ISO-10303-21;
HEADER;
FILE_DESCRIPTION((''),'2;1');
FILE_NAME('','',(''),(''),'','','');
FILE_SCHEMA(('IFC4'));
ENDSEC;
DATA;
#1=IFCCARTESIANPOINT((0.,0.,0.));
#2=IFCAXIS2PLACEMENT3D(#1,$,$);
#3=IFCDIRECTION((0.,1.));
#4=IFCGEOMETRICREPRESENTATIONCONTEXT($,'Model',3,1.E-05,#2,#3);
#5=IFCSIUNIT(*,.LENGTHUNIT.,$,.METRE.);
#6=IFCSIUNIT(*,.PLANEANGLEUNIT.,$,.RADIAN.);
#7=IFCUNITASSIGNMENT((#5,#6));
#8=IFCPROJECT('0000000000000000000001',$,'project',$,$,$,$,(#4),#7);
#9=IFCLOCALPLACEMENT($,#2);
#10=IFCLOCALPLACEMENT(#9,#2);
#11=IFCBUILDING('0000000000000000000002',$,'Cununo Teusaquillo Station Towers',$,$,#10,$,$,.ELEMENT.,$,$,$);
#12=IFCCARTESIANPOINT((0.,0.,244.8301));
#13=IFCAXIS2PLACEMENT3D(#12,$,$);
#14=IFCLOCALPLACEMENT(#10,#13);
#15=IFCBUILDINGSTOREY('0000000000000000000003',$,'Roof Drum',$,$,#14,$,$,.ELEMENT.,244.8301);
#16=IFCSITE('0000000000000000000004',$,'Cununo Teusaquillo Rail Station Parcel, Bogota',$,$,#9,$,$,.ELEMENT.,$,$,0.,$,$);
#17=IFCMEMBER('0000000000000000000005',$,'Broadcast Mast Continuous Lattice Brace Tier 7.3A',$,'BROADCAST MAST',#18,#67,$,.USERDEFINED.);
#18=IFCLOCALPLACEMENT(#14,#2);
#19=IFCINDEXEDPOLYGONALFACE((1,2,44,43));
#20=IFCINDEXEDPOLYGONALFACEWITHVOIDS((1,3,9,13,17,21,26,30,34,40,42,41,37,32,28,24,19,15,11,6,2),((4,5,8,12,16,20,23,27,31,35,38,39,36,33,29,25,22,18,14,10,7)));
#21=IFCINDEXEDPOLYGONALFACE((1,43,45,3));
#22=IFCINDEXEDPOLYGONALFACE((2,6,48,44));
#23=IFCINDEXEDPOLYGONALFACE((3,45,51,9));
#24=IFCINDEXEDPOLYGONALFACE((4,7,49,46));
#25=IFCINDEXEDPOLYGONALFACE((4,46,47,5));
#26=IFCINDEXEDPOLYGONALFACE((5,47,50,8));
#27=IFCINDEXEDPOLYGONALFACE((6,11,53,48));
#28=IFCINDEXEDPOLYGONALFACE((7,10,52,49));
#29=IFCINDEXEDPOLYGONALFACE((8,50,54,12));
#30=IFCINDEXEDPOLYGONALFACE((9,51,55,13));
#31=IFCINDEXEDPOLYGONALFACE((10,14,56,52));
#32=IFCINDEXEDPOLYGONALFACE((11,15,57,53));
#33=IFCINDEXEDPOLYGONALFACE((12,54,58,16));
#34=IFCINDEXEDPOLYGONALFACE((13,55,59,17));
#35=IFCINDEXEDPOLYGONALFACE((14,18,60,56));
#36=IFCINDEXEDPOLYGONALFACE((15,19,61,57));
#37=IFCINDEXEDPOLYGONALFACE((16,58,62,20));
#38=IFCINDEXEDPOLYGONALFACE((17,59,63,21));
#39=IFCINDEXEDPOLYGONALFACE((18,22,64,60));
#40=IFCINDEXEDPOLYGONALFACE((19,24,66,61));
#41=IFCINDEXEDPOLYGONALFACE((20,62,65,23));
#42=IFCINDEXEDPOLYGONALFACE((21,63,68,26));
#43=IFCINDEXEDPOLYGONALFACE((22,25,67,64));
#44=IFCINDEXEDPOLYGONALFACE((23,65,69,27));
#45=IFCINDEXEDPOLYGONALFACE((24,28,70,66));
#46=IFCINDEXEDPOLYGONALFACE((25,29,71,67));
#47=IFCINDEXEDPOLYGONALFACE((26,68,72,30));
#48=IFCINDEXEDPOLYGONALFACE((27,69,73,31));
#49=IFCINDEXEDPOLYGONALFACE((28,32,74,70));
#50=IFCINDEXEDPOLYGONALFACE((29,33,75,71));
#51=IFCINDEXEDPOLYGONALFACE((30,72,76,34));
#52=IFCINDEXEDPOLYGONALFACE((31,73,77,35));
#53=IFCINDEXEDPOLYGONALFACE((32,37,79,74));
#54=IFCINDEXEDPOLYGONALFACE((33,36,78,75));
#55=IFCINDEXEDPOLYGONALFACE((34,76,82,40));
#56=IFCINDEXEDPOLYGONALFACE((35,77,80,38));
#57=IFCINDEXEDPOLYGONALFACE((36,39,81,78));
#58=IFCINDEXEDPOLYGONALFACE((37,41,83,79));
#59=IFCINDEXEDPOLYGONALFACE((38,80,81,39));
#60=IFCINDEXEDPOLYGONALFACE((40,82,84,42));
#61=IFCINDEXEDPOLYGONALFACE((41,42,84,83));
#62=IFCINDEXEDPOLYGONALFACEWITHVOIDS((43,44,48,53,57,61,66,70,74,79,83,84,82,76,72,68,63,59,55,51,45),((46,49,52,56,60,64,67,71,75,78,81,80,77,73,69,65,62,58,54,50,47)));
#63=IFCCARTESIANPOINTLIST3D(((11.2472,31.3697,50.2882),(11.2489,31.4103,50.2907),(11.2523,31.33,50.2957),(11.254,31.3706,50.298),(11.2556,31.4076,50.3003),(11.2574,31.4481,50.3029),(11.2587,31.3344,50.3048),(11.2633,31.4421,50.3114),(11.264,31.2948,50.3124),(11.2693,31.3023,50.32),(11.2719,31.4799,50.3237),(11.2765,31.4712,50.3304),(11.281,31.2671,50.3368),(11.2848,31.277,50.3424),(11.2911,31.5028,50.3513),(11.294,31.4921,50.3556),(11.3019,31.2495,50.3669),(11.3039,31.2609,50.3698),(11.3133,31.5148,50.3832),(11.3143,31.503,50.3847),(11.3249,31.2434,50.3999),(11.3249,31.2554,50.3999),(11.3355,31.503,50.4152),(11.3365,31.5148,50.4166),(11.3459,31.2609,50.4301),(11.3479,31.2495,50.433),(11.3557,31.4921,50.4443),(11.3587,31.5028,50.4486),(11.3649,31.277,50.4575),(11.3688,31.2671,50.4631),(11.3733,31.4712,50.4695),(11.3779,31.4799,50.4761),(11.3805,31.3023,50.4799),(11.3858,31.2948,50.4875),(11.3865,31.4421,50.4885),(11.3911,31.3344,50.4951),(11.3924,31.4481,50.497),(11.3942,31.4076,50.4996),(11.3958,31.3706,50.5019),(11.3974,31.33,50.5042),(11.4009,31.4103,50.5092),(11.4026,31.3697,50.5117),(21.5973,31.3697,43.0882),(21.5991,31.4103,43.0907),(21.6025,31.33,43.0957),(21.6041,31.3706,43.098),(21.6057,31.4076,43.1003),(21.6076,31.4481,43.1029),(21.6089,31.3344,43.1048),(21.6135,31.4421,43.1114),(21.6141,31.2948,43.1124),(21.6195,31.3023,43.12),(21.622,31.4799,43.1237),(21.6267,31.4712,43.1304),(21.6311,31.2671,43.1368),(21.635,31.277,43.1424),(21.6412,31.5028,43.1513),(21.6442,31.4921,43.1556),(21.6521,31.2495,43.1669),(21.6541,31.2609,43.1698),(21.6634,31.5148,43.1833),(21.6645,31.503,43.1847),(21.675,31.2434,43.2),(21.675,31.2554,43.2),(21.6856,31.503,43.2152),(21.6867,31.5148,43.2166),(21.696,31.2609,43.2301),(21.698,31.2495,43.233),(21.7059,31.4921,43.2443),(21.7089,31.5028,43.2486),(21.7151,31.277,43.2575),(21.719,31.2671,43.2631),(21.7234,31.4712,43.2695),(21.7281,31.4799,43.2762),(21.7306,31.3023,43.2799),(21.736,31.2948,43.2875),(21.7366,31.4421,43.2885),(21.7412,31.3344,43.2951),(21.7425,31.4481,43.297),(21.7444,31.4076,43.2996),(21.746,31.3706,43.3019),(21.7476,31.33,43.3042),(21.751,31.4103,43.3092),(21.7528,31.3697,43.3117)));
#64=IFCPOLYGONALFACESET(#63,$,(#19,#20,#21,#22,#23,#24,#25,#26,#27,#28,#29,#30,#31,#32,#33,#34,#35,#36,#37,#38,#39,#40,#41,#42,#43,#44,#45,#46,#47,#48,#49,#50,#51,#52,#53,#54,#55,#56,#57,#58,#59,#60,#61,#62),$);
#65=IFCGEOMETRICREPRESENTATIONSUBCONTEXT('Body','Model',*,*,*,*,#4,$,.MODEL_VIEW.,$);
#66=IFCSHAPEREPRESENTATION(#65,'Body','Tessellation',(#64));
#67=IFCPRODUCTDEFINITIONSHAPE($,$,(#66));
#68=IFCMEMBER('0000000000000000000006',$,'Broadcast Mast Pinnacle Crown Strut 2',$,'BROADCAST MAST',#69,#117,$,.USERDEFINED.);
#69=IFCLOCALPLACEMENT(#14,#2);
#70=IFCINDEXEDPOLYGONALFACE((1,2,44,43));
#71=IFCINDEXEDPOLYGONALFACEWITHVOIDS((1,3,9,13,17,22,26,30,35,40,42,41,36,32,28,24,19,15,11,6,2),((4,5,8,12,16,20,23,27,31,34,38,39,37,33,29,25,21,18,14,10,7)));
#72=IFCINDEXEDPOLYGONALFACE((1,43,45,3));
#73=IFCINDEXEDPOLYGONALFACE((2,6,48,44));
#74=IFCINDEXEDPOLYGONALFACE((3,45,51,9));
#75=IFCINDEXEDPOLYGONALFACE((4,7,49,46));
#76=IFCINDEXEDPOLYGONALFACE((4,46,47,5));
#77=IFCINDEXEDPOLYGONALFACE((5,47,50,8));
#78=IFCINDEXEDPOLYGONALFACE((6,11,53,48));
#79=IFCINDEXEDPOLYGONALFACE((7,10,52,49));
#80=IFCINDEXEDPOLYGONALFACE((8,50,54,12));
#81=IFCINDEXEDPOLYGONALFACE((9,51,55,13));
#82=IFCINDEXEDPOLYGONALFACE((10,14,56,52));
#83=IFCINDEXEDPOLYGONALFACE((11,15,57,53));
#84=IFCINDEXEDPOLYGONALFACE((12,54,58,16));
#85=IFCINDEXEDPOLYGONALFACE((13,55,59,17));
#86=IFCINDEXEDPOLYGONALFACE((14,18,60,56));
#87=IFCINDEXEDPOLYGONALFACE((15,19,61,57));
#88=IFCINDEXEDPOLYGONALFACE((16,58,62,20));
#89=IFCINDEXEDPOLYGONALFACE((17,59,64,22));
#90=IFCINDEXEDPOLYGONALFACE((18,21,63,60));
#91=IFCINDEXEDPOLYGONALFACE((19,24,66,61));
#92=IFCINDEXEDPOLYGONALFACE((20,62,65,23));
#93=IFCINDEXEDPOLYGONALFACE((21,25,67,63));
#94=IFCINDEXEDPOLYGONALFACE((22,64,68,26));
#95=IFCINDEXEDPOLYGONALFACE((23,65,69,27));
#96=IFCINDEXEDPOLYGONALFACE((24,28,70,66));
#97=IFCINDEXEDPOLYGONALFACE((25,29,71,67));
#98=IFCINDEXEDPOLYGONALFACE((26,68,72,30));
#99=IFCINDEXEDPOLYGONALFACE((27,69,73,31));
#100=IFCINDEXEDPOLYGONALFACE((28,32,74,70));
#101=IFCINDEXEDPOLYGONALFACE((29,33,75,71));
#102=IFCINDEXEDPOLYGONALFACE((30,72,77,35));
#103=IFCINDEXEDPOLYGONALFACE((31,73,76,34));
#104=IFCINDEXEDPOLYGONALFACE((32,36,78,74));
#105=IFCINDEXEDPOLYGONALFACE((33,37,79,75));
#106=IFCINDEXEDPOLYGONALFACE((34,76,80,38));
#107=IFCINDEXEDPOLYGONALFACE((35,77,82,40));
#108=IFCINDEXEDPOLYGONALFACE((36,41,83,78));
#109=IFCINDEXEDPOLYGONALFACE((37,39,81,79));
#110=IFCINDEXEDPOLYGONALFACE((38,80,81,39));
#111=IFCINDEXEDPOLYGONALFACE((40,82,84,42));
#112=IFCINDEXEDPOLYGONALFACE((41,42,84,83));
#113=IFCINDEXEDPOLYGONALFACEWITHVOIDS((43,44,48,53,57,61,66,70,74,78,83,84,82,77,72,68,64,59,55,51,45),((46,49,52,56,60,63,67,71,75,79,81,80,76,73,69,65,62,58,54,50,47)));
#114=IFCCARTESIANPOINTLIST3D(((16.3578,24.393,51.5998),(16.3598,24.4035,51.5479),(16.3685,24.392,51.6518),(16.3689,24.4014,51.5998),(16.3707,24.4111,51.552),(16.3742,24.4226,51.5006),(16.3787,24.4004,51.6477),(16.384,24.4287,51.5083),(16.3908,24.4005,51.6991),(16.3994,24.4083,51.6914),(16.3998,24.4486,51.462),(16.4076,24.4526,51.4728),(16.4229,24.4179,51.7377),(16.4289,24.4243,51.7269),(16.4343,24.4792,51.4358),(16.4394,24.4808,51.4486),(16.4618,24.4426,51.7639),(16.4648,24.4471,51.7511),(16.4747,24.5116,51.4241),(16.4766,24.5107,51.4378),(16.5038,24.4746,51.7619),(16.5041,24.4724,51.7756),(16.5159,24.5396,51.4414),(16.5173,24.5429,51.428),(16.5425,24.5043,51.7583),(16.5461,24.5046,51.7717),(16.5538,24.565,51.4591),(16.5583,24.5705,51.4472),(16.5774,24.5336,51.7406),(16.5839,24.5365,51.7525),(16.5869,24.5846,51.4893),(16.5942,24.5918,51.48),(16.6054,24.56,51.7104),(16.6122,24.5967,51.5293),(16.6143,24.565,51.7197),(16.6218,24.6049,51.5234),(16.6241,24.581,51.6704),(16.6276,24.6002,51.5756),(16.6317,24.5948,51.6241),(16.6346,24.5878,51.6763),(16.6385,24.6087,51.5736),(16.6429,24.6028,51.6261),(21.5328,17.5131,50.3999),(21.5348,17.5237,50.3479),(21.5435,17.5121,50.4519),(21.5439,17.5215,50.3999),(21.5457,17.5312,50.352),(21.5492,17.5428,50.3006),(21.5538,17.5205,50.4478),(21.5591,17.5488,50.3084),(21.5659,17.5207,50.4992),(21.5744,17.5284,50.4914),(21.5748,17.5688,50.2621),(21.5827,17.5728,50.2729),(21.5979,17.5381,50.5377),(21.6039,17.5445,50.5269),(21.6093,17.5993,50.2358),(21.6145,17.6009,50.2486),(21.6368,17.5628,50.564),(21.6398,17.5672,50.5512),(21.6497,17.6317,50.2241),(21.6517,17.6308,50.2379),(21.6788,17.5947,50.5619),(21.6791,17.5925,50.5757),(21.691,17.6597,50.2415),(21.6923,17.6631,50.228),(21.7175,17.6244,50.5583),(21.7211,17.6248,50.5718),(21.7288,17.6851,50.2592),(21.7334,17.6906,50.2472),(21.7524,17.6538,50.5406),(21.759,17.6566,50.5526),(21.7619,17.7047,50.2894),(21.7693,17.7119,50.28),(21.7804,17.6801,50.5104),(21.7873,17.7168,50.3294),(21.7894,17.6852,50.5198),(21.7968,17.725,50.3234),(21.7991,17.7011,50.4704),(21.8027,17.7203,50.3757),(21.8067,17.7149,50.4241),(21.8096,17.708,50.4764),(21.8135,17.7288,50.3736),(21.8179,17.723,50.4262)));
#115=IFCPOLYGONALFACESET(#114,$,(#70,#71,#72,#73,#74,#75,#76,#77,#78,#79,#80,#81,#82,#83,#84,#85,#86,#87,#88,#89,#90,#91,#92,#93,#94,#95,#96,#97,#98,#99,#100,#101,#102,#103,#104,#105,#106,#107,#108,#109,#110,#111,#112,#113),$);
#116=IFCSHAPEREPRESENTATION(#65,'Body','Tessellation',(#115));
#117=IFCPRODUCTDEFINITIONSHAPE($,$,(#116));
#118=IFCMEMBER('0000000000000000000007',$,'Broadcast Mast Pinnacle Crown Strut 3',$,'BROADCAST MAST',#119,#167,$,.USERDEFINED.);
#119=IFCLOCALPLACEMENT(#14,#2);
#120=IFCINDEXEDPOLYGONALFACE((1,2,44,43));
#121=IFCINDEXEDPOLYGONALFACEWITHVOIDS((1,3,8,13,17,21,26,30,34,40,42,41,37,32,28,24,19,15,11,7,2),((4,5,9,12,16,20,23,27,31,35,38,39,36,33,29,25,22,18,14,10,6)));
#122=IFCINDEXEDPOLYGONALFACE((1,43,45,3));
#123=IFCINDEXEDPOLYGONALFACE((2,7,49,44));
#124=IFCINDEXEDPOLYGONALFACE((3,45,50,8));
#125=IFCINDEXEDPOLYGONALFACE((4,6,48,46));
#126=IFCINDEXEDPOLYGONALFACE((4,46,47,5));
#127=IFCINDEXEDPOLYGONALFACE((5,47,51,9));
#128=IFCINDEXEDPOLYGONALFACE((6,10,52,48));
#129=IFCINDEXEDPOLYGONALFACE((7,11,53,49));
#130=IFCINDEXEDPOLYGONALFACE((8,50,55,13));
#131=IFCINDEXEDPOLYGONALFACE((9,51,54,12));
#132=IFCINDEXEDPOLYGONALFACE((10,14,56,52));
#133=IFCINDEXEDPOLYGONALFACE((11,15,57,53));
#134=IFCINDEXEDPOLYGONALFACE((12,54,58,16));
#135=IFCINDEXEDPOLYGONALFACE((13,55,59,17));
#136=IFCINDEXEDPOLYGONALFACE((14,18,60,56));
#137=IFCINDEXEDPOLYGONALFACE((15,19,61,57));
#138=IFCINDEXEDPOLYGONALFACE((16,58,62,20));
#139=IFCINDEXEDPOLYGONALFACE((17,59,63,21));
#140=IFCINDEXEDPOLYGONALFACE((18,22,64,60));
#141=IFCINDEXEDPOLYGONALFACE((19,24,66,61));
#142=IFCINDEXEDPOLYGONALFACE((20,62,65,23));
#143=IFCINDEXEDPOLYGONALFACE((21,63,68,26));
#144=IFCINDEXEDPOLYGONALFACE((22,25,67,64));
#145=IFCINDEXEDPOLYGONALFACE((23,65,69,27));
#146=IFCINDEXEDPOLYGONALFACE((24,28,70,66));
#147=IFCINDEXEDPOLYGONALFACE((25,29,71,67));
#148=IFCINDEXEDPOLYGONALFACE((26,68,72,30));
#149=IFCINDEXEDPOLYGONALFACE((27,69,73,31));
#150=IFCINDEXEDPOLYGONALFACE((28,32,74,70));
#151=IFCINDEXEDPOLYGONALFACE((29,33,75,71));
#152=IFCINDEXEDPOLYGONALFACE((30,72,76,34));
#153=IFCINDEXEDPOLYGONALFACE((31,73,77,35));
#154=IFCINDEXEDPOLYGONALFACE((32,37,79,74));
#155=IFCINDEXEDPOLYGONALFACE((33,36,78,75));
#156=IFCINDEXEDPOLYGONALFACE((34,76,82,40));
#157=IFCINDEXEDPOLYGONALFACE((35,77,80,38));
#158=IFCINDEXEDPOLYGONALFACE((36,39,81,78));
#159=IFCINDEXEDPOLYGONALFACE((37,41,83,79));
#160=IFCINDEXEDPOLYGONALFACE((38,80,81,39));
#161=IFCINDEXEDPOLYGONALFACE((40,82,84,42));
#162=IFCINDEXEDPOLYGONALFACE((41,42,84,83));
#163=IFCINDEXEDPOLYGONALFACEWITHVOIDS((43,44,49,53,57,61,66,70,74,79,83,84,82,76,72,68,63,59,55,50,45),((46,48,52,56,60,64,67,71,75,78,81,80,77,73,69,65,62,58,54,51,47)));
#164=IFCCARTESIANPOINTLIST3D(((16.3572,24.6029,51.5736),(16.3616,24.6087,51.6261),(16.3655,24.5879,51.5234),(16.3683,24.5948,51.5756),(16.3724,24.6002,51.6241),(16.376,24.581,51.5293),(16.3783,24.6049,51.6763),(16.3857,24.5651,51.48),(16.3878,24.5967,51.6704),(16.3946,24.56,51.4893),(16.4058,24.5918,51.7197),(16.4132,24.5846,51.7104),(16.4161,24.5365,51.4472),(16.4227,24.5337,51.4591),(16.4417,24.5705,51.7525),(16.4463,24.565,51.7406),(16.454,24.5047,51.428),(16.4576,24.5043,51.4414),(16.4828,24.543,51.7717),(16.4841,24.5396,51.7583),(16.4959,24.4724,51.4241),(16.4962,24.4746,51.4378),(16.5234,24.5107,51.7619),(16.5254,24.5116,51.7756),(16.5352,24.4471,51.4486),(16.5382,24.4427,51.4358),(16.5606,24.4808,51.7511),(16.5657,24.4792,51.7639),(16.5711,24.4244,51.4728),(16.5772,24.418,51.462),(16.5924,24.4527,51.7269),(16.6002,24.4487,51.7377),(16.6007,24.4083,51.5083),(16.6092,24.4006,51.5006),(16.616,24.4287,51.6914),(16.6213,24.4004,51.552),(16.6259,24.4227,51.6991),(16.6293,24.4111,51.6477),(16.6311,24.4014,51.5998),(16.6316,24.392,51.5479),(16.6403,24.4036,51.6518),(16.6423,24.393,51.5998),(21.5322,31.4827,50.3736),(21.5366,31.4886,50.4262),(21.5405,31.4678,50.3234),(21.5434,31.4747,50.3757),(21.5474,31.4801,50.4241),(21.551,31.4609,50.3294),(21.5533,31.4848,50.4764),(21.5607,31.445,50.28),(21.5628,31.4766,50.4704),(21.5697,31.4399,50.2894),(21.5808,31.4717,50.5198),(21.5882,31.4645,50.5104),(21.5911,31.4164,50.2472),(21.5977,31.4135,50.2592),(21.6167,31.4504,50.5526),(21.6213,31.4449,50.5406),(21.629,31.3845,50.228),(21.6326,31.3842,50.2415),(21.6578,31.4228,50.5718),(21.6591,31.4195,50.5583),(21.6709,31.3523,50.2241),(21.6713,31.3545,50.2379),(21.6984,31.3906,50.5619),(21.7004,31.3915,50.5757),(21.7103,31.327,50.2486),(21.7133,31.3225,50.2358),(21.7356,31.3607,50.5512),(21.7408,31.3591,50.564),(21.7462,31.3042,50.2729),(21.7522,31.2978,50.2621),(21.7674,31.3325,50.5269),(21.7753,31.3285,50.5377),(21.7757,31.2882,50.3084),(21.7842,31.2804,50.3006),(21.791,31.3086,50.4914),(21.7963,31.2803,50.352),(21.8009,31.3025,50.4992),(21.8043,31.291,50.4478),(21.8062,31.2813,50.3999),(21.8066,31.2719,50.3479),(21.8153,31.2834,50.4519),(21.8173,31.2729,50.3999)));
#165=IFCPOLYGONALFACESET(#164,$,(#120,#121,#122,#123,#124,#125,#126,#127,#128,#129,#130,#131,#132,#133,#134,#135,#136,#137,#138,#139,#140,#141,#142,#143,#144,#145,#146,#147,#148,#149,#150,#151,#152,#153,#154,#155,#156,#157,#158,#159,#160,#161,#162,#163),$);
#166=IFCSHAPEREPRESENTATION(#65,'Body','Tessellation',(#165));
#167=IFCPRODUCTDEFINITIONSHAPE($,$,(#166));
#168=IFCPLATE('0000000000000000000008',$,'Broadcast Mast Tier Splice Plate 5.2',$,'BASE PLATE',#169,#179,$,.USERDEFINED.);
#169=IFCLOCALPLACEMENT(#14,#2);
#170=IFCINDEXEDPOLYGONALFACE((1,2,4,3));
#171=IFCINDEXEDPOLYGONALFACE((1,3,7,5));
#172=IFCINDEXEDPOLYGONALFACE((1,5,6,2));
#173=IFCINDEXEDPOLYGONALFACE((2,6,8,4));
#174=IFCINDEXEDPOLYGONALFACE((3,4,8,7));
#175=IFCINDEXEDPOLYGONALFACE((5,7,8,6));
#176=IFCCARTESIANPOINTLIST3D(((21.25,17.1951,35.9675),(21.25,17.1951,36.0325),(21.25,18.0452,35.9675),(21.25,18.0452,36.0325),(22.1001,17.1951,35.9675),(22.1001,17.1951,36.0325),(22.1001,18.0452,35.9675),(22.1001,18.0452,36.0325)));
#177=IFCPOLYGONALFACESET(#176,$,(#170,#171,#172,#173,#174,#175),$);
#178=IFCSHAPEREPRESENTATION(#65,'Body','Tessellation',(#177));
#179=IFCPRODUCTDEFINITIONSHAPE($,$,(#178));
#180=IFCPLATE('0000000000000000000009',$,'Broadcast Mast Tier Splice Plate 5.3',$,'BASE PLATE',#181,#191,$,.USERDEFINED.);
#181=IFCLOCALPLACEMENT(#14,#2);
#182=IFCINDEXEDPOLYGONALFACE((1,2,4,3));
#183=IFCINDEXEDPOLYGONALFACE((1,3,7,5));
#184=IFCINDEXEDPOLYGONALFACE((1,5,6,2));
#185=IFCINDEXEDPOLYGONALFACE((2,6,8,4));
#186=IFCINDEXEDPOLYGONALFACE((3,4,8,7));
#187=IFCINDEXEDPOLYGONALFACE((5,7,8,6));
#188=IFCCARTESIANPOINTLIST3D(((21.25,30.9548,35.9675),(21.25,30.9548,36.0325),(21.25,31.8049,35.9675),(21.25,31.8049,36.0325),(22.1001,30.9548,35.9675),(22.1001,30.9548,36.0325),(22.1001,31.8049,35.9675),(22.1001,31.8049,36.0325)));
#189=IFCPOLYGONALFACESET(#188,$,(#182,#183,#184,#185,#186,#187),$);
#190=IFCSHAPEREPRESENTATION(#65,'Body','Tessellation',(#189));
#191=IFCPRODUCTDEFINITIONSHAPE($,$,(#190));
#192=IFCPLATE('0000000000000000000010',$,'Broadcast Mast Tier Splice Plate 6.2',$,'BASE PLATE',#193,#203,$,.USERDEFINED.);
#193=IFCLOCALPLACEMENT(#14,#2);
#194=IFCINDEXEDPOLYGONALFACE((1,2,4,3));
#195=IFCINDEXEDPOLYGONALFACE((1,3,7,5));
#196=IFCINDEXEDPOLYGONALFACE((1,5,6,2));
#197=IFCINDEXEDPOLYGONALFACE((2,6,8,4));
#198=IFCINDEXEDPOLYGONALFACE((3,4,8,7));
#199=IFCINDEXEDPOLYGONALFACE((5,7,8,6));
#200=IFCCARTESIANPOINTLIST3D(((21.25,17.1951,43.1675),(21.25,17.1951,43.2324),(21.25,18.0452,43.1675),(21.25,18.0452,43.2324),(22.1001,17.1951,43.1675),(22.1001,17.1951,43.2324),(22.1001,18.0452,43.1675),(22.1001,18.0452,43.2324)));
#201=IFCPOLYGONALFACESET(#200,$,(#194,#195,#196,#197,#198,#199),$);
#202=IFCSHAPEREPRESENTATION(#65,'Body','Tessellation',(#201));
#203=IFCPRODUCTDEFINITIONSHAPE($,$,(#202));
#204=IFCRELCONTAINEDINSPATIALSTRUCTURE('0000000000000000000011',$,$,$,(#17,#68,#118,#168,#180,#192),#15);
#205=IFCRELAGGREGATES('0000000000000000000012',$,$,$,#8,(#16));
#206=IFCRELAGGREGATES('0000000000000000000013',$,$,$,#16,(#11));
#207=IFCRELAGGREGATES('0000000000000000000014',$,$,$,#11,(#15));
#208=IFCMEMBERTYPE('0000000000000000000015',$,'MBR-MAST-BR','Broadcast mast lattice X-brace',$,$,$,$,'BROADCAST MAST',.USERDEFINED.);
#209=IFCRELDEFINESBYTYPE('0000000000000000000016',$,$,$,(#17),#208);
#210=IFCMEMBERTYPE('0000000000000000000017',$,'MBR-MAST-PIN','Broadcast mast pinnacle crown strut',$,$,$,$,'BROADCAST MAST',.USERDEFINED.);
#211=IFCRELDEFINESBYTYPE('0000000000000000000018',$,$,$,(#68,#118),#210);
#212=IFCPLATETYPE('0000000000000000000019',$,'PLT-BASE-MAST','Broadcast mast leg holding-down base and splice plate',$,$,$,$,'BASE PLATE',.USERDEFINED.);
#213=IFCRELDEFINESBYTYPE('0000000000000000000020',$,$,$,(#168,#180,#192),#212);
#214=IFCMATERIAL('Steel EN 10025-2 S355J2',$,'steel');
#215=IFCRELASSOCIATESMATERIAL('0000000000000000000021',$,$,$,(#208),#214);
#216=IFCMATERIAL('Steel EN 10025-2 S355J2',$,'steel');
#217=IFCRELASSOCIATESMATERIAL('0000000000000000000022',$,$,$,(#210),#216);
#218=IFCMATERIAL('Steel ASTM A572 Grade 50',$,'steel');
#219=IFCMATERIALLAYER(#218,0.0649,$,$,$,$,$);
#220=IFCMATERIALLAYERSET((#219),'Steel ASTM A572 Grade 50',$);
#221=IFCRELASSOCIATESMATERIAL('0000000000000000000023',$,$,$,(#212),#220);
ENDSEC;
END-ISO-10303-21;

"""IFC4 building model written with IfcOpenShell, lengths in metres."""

from ifc_helpers import new_model, si_unit, direction, frame, origin, origin_2d, place, context, subcontext, project, spatial, rectangle, hollow_circle, extrude, source, transform, mapped, material, layer, layer_set, material_profile, profile_set, type_object, element, save


model = new_model("IFC4")

# Units and contexts
model_context = context("Model", 3, precision=1e-05, world=origin(), true_north=direction((0.0, 1.0)))
body_context = subcontext(model_context, "Body", "Model", "MODEL_VIEW")
ifc_project = project(units=[si_unit("LENGTHUNIT", "METRE"), si_unit("PLANEANGLEUNIT", "RADIAN")], contexts=[model_context])

# Site, building, storey
site_placement = place(None, origin())
site = spatial("IfcSite", under=ifc_project, at=site_placement, Name="Cununo Teusaquillo Rail Station Parcel, Bogota", CompositionType="ELEMENT", RefElevation=0.0)
building_placement = place(site_placement, origin())
building = spatial("IfcBuilding", under=site, at=building_placement, Name="Cununo Teusaquillo Station Towers", CompositionType="ELEMENT")
storey_placement = place(building_placement, frame((0.0, 0.0, 244.8301)))
storey = spatial("IfcBuildingStorey", under=building, at=storey_placement, Name="Roof Drum", CompositionType="ELEMENT", Elevation=244.8301)

# Members
ifc_material_1 = material(Name="Steel EN 10025-2 S355J2", Category="steel")
ifc_material_profile_1 = material_profile(ifc_material_1, hollow_circle(Radius=0.1365, WallThickness=0.012, at=origin_2d()), Name="CHS 273x12")
ifc_profile_set_1 = profile_set([ifc_material_profile_1], Name="Steel EN 10025-2 S355J2")
member_type_1 = type_object("IfcMemberType", Name="MBR-MAST-BR", Description="Broadcast mast lattice X-brace", ElementType="BROADCAST MAST", PredefinedType="USERDEFINED", material=ifc_profile_set_1)
member_1_placement = place(storey_placement, frame((21.675, 31.3799, 43.2), z_axis=(-0.82091, 0.0, 0.571058), x_axis=(0.0, -1.0, 0.0)))
element("IfcMember", 1, at=member_1_placement, inside=storey, type_object=member_type_1, Name="Broadcast Mast Continuous Lattice Brace Tier 7.3A", ObjectType="BROADCAST MAST", PredefinedType="USERDEFINED", context=body_context, shape_type="SweptSolid", body=[
    extrude(hollow_circle(Radius=0.1365, WallThickness=0.012, at=origin_2d()), origin(), (0.0, 0.0, 1.0), 12.6082),
])
ifc_material_2 = material(Name="Steel EN 10025-2 S355J2", Category="steel")
ifc_material_profile_2 = material_profile(ifc_material_2, hollow_circle(Radius=0.178, WallThickness=0.0139, at=origin_2d()), Name="CHS 356x14")
ifc_profile_set_2 = profile_set([ifc_material_profile_2], Name="Steel EN 10025-2 S355J2")
member_type_2 = type_object("IfcMemberType", Name="MBR-MAST-PIN", Description="Broadcast mast pinnacle crown strut", ElementType="BROADCAST MAST", PredefinedType="USERDEFINED", material=ifc_profile_set_2)
for number, where, z_axis, x_axis, name in (
    (2, (21.675, 17.6201, 50.3999), (-0.595369, 0.791504, 0.13805), (-0.799155, -0.601125, 0.0), "Broadcast Mast Pinnacle Crown Strut 2"),
    (3, (21.675, 31.3799, 50.3999), (-0.595369, -0.791504, 0.13805), (0.799155, -0.601125, 0.0), "Broadcast Mast Pinnacle Crown Strut 3"),
):
    element("IfcMember", number, at=place(storey_placement, frame(where, z_axis=z_axis, x_axis=x_axis)), inside=storey, type_object=member_type_2, Name=name, ObjectType="BROADCAST MAST", PredefinedType="USERDEFINED", context=body_context, shape_type="SweptSolid", body=[
        extrude(hollow_circle(Radius=0.178, WallThickness=0.0139, at=origin_2d()), origin(), (0.0, 0.0, 1.0), 8.6921),
    ])

# Plates
ifc_material_3 = material(Name="Steel ASTM A572 Grade 50", Category="steel")
ifc_layer_1 = layer(ifc_material_3, 0.0649)
ifc_layer_set_1 = layer_set([ifc_layer_1], Name="Steel ASTM A572 Grade 50")
plate_type_1 = type_object("IfcPlateType", Name="PLT-BASE-MAST", Description="Broadcast mast leg holding-down base and splice plate", ElementType="BASE PLATE", PredefinedType="USERDEFINED", material=ifc_layer_set_1)
shared_shape_1 = source(origin(), body_context, "Body", "SweptSolid", [
    extrude(rectangle(XDim=0.8501, YDim=0.8501, at=origin_2d()), origin(), (0.0, 0.0, 1.0), 0.0649),
])
for number, where, z_axis, x_axis, name in (
    (4, (21.675, 17.6201, 35.9675), (0.0, 0.0, 1.0), (1.0, 0.0, 0.0), "Broadcast Mast Tier Splice Plate 5.2"),
    (5, (21.675, 31.3799, 35.9675), (0.0, 0.0, 1.0), (1.0, 0.0, 0.0), "Broadcast Mast Tier Splice Plate 5.3"),
    (6, (21.675, 17.6201, 43.1675), (0.0, 0.0, 1.0), (1.0, 0.0, 0.0), "Broadcast Mast Tier Splice Plate 6.2"),
):
    element("IfcPlate", number, at=place(storey_placement, frame(where, z_axis=z_axis, x_axis=x_axis)), inside=storey, type_object=plate_type_1, Name=name, ObjectType="BASE PLATE", PredefinedType="USERDEFINED", context=body_context, shape_type="MappedRepresentation", body=[
        mapped(shared_shape_1, transform((0.0, 0.0, 0.0), x_axis=(1.0, 0.0, 0.0), y_axis=(0.0, 1.0, 0.0), z_axis=(0.0, 0.0, 1.0), scale=1.0)),
    ])

save(model, "model.ifc")
